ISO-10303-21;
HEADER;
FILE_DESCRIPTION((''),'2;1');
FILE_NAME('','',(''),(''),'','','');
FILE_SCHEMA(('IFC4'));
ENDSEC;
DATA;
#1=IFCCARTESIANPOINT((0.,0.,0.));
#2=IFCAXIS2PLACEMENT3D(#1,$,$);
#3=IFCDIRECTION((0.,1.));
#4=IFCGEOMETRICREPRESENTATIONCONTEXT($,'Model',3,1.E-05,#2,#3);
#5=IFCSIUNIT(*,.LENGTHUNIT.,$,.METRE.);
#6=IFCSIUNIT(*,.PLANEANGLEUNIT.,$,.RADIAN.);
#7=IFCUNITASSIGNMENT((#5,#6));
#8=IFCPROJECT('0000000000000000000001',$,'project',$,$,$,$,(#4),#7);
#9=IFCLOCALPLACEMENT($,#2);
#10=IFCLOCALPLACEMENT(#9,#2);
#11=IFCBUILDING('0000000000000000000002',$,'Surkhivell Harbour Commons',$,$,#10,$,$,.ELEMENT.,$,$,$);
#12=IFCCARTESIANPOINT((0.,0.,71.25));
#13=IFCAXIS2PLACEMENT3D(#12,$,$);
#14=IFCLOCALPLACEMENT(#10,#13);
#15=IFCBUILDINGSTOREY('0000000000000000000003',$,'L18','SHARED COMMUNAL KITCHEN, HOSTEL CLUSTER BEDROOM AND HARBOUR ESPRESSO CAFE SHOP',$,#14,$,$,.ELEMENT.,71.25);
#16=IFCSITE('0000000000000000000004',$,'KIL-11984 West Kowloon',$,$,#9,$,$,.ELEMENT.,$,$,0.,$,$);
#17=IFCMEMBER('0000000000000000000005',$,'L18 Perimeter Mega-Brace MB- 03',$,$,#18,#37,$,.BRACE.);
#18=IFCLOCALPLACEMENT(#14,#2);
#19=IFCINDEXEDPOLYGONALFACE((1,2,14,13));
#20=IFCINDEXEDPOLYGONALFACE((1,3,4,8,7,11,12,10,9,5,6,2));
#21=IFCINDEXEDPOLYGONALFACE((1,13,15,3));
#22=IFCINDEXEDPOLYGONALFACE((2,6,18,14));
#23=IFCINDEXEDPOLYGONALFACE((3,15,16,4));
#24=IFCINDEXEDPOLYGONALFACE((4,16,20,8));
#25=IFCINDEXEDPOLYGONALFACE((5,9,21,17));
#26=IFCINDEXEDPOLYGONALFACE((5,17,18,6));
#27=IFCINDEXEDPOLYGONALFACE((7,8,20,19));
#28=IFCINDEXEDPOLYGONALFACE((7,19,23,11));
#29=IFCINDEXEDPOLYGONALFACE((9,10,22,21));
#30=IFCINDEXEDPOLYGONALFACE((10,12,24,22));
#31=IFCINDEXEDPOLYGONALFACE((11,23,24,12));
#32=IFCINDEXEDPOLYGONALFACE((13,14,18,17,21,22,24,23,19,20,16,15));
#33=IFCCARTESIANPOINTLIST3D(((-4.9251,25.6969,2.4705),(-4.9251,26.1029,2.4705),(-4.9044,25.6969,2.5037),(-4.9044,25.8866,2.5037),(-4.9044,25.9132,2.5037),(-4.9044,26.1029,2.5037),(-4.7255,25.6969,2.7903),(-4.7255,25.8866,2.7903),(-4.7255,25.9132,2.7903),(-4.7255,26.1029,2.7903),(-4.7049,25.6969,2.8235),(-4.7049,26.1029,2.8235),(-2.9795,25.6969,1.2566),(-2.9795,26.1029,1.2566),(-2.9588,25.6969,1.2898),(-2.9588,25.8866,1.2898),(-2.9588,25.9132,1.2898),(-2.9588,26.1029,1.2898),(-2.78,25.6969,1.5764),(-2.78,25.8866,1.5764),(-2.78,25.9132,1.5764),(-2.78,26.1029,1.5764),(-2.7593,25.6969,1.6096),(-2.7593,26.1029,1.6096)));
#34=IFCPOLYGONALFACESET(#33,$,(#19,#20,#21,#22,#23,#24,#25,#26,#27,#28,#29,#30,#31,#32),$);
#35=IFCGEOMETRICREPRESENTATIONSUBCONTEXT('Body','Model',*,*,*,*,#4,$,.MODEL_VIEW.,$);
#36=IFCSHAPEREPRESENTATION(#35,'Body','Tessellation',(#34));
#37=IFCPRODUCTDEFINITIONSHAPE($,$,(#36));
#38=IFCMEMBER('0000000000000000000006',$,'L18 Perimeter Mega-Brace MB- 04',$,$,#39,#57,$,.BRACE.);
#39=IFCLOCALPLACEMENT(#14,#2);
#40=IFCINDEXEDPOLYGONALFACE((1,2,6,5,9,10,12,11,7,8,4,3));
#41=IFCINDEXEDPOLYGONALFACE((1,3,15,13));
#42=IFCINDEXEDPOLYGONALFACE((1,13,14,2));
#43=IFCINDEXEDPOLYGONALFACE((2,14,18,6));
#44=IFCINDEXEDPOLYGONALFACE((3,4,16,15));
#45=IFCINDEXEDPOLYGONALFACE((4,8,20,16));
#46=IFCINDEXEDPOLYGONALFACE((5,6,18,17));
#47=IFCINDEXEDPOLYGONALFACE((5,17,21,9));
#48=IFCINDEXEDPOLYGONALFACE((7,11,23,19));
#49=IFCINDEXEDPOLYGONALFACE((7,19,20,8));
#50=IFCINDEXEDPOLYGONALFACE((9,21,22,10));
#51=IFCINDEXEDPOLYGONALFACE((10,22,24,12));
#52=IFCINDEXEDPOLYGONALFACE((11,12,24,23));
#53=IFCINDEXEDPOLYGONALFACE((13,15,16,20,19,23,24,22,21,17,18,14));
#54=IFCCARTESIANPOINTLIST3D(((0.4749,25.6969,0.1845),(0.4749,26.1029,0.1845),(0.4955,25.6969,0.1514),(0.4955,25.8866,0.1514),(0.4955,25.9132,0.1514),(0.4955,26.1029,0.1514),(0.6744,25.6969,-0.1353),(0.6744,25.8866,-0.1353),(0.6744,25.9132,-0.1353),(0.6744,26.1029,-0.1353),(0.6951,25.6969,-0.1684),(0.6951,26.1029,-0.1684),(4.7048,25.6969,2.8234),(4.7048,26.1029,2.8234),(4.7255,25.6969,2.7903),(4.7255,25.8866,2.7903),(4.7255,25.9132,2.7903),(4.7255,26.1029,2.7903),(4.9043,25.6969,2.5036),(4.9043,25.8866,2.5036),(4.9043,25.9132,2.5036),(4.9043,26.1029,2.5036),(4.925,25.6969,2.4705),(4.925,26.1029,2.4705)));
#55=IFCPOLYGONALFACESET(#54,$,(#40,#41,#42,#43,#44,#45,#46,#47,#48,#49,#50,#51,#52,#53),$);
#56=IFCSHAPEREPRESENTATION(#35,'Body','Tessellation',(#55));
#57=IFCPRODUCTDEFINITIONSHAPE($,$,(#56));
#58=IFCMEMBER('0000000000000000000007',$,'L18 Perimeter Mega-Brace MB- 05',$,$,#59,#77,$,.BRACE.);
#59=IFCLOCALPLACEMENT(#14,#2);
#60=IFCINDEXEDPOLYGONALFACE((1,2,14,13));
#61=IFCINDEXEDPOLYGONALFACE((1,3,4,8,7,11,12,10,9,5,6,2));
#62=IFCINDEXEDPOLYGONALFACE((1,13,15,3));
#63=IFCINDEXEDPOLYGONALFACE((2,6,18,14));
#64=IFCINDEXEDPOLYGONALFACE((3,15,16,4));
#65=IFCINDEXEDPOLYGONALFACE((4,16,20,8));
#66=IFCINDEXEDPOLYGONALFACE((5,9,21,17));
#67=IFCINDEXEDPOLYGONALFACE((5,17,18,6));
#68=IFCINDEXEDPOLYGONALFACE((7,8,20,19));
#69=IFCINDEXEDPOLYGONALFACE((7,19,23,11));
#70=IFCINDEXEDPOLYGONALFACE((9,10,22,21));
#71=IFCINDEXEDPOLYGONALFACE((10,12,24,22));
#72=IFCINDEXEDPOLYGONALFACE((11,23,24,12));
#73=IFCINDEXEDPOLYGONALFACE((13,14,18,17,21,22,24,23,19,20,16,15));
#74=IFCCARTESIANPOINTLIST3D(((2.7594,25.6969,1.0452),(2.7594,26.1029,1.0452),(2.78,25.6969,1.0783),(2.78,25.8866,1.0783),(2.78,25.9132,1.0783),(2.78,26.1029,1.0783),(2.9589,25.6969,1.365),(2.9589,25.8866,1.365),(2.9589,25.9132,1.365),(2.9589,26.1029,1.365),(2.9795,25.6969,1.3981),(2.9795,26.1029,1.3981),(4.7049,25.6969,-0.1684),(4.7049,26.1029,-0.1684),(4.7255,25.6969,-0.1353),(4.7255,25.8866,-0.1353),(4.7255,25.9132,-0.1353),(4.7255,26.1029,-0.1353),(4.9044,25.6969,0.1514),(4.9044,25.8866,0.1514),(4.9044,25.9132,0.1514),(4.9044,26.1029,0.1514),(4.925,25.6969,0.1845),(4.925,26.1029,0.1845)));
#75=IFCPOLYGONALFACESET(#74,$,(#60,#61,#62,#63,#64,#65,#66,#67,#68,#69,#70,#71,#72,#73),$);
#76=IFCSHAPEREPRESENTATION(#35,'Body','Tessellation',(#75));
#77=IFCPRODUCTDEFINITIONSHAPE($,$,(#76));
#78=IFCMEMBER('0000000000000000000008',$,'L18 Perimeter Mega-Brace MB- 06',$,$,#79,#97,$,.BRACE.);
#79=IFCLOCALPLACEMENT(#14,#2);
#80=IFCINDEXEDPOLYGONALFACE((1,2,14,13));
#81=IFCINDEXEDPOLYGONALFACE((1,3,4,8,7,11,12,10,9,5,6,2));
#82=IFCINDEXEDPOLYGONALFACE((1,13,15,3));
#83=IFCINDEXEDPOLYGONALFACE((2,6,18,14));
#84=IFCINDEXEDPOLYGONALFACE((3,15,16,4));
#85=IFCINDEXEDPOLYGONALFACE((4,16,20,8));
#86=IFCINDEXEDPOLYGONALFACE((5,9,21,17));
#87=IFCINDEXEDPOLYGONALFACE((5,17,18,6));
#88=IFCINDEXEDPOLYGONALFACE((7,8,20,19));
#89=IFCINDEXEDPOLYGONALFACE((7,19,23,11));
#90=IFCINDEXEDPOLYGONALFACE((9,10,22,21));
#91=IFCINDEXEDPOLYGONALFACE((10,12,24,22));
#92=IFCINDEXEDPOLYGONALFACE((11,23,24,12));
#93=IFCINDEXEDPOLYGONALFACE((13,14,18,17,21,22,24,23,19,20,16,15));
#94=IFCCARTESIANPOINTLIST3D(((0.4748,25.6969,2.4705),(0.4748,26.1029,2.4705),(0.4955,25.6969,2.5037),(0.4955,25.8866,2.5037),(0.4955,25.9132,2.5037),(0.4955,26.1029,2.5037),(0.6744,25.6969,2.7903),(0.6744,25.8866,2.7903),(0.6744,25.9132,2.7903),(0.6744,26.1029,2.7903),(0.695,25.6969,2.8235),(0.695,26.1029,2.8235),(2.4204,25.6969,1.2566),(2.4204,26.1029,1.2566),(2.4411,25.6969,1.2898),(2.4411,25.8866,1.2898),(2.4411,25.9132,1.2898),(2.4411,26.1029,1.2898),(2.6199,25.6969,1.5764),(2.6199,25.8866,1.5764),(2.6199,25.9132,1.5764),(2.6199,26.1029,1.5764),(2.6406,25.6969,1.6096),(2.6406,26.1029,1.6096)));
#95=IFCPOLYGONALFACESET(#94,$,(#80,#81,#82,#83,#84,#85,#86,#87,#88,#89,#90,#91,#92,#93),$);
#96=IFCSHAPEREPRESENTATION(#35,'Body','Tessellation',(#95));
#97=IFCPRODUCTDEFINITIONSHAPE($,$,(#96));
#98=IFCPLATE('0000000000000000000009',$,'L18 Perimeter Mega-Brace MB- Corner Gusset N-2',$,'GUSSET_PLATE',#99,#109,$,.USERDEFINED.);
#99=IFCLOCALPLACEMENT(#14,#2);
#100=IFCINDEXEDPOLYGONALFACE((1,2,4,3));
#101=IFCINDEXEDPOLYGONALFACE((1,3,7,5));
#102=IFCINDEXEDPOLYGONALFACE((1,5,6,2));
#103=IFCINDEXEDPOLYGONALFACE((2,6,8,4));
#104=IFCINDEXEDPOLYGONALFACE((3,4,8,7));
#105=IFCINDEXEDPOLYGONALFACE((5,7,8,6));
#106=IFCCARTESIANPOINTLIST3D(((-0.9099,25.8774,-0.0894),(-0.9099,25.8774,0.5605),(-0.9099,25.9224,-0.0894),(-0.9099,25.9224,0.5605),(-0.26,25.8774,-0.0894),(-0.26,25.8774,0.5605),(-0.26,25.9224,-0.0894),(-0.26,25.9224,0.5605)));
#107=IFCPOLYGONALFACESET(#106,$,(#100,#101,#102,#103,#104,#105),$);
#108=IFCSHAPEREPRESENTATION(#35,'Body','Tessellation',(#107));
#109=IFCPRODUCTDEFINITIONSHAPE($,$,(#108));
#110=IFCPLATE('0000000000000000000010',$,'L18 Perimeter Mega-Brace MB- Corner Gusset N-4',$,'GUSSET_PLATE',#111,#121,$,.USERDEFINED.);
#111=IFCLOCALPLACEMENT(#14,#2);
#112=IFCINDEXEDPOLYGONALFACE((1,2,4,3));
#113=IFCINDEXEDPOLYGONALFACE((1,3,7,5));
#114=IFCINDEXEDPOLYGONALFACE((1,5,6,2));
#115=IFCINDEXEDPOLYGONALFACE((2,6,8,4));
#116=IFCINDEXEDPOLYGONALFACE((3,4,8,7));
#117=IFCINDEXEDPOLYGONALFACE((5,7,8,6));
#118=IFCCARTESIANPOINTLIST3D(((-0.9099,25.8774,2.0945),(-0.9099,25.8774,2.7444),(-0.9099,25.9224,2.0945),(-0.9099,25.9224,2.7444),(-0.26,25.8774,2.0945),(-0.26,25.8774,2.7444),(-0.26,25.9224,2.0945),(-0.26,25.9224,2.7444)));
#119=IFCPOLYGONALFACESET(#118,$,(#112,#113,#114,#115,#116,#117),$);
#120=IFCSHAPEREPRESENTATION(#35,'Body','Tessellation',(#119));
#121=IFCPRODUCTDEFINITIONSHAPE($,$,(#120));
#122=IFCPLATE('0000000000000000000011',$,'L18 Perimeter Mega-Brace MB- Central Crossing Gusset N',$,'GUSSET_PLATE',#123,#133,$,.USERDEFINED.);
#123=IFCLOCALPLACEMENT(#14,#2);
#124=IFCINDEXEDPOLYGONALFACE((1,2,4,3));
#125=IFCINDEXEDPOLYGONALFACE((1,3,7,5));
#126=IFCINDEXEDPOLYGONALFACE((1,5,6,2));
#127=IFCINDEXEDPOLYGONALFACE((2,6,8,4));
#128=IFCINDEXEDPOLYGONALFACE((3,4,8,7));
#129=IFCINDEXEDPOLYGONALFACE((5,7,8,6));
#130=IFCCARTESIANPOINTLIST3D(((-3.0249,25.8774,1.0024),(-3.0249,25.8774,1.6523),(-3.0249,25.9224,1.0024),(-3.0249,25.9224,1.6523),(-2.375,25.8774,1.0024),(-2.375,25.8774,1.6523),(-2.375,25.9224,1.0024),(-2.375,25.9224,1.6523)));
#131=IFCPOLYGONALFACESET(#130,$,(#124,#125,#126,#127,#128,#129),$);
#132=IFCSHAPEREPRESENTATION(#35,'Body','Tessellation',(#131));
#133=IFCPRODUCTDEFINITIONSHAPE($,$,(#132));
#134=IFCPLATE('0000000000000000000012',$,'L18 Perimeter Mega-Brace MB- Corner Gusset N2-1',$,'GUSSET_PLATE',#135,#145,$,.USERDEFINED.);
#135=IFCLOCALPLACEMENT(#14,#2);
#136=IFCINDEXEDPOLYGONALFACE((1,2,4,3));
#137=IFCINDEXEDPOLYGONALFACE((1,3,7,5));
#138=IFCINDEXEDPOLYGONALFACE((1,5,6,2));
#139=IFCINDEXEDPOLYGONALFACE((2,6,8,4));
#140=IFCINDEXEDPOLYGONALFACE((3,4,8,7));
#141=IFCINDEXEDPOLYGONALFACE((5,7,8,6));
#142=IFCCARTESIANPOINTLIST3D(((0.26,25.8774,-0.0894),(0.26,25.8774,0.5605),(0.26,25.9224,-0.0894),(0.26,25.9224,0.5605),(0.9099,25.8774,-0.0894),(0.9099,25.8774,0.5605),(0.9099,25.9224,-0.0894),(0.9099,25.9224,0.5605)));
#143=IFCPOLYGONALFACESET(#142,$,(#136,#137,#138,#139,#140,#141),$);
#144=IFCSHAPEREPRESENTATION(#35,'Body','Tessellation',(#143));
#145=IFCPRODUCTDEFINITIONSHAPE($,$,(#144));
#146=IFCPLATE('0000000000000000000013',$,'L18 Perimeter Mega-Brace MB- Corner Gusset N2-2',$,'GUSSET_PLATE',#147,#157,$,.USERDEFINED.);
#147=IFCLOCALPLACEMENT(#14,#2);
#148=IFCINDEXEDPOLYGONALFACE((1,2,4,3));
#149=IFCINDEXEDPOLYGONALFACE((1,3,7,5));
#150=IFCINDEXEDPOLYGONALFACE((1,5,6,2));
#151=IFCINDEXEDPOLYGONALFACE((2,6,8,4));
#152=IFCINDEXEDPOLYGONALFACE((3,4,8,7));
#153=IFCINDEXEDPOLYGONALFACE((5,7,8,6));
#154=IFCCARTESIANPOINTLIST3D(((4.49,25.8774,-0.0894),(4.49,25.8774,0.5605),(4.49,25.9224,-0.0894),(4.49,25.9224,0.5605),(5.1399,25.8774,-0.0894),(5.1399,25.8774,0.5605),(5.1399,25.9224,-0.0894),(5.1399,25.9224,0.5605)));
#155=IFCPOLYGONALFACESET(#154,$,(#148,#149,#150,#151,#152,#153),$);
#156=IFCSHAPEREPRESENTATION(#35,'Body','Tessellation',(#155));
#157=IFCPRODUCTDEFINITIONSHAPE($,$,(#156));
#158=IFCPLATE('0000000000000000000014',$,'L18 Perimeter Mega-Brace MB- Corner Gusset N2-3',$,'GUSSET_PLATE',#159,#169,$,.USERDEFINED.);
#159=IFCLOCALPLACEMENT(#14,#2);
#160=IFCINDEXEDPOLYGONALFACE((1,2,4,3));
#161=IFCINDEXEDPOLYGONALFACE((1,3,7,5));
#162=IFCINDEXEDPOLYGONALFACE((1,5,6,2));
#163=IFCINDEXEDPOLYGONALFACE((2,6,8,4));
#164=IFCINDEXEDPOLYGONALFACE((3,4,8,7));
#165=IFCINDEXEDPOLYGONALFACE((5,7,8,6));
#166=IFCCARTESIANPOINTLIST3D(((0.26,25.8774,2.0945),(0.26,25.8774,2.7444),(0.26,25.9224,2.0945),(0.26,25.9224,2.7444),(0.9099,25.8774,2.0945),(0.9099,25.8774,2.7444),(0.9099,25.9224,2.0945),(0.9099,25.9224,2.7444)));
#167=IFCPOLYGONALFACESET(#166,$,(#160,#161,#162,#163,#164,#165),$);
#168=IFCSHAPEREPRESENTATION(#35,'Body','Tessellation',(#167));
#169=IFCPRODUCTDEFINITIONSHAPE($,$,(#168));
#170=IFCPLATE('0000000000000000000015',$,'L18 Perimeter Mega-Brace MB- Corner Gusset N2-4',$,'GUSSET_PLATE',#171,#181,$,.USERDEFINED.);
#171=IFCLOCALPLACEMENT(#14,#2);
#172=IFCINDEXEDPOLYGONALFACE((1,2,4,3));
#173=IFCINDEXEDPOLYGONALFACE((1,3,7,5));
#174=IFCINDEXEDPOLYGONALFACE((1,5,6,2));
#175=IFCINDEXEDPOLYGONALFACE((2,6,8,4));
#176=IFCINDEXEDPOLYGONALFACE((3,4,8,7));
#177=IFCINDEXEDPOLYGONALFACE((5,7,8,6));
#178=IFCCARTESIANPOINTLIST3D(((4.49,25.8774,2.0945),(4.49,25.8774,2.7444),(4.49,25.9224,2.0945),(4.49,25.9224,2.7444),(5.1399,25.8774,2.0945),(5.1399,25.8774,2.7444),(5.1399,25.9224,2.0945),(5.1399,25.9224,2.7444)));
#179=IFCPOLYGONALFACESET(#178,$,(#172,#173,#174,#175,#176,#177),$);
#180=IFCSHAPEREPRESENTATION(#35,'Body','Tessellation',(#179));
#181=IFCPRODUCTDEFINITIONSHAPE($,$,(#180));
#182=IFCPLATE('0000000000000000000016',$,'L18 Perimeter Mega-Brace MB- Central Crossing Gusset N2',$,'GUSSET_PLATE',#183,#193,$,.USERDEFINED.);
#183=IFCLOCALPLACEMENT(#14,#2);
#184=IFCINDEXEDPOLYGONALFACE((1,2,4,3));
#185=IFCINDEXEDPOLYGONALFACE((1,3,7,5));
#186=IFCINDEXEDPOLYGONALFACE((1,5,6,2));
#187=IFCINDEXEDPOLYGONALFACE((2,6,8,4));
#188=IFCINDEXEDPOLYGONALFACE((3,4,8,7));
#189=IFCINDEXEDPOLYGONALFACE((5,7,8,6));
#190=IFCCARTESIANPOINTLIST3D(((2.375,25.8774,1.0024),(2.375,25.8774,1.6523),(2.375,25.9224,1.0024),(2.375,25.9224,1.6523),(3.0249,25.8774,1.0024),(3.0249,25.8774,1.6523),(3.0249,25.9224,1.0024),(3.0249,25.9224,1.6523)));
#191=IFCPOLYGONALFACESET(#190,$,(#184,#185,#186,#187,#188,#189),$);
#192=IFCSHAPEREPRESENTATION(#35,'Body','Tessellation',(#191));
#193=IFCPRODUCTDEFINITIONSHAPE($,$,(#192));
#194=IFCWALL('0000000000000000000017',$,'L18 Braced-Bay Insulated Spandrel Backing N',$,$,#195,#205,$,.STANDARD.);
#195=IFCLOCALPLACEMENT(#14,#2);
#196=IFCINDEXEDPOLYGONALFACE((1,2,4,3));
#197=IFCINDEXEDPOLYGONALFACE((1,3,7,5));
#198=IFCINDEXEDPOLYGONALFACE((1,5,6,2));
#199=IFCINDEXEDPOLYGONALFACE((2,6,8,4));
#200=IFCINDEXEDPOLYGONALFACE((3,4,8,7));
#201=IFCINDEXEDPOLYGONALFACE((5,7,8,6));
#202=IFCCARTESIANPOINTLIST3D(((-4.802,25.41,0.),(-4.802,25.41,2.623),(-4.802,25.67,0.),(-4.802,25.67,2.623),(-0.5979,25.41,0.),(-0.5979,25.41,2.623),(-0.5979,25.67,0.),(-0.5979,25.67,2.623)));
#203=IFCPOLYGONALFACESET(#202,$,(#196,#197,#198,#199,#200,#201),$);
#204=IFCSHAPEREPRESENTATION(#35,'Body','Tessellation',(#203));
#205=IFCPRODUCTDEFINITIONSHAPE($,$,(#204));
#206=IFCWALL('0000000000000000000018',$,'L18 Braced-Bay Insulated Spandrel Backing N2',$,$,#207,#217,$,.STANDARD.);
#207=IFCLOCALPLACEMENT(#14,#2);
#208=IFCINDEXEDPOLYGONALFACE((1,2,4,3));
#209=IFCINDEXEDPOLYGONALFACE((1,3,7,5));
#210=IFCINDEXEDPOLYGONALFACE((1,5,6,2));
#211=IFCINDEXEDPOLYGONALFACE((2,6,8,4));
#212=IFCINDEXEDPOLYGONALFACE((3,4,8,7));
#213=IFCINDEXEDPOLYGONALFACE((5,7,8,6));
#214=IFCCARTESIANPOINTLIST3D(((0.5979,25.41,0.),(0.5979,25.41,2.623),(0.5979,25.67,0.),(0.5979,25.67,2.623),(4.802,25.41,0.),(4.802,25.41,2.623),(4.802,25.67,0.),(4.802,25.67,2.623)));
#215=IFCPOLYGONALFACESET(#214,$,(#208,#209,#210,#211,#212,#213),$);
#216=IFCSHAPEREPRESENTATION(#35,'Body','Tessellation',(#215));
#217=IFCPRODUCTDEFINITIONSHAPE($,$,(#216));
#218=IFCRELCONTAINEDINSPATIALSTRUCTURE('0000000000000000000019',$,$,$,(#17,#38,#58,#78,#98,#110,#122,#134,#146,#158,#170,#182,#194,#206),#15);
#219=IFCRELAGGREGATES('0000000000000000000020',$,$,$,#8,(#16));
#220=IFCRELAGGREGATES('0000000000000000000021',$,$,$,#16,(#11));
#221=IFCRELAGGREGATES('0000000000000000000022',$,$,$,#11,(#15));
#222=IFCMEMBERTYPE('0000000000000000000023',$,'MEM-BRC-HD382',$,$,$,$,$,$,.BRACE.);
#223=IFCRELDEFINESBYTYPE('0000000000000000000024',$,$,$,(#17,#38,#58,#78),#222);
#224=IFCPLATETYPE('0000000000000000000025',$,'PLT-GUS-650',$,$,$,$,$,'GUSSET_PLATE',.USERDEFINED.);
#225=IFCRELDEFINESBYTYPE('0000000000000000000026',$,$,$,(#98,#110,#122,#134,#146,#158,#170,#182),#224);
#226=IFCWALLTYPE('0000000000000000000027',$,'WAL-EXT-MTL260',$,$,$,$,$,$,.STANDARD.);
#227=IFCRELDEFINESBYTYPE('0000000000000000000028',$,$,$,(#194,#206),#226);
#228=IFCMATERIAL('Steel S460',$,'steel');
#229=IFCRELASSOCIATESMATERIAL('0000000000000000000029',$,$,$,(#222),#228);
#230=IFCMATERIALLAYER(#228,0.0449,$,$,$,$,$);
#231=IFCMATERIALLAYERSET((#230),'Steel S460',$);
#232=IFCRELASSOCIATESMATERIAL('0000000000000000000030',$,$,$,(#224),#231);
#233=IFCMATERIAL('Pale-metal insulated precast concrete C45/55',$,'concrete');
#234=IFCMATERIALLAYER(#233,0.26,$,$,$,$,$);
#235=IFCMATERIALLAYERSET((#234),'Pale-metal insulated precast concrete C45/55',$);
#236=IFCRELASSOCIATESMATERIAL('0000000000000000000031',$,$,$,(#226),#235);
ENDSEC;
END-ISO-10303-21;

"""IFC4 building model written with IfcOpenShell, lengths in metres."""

from ifc_helpers import new_model, si_unit, direction, frame, frame_2d, origin, origin_2d, place, context, subcontext, project, spatial, rectangle, i_section, extrude, material, layer, layer_set, material_profile, profile_set, type_object, element, save


model = new_model("IFC4")

# Units and contexts
model_context = context("Model", 3, precision=1e-05, world=origin(), true_north=direction((0.0, 1.0)))
body_context = subcontext(model_context, "Body", "Model", "MODEL_VIEW")
ifc_project = project(units=[si_unit("LENGTHUNIT", "METRE"), si_unit("PLANEANGLEUNIT", "RADIAN")], contexts=[model_context])

# Site, building, storey
site_placement = place(None, origin())
site = spatial("IfcSite", under=ifc_project, at=site_placement, Name="KIL-11984 West Kowloon", CompositionType="ELEMENT", RefElevation=0.0)
building_placement = place(site_placement, origin())
building = spatial("IfcBuilding", under=site, at=building_placement, Name="Surkhivell Harbour Commons", CompositionType="ELEMENT")
storey_placement = place(building_placement, frame((0.0, 0.0, 71.25)))
storey = spatial("IfcBuildingStorey", under=building, at=storey_placement, Name="L18", Description="SHARED COMMUNAL KITCHEN, HOSTEL CLUSTER BEDROOM AND HARBOUR ESPRESSO CAFE SHOP", CompositionType="ELEMENT", Elevation=71.25)

# Shared definitions
ifc_material_1 = material(Name="Steel S460", Category="steel")

# Members
ifc_material_profile_1 = material_profile(ifc_material_1, i_section(OverallWidth=0.406, OverallDepth=0.416, WebThickness=0.0266, FlangeThickness=0.0391, at=origin_2d()), Name="HD400x382")
ifc_profile_set_1 = profile_set([ifc_material_profile_1], Name="Steel S460")
member_type_1 = type_object("IfcMemberType", Name="MEM-BRC-HD382", PredefinedType="BRACE", material=ifc_profile_set_1)
member_1_placement = place(storey_placement, frame((-2.8694, 25.8999, 1.4331), z_axis=(-0.848411, 0.0, 0.529338), x_axis=(0.0, -1.0, 0.0)))
element("IfcMember", 1, at=member_1_placement, inside=storey, type_object=member_type_1, Name="L18 Perimeter Mega-Brace MB- 03", PredefinedType="BRACE", context=body_context, shape_type="SweptSolid", body=[
    extrude(i_section(OverallWidth=0.406, OverallDepth=0.416, WebThickness=0.0266, FlangeThickness=0.0391, at=origin_2d()), origin(), (0.0, 0.0, 1.0), 2.2932),
])
member_2_placement = place(storey_placement, frame((0.585, 25.8999, 0.0081), z_axis=(0.848433, 0.0, 0.529303), x_axis=(0.0, 1.0, 0.0)))
element("IfcMember", 2, at=member_2_placement, inside=storey, type_object=member_type_1, Name="L18 Perimeter Mega-Brace MB- 04", PredefinedType="BRACE", context=body_context, shape_type="SweptSolid", body=[
    extrude(i_section(OverallWidth=0.406, OverallDepth=0.416, WebThickness=0.0266, FlangeThickness=0.0391, at=origin_2d()), origin(), (0.0, 0.0, 1.0), 4.9856),
])
member_3_placement = place(storey_placement, frame((4.8149, 25.8999, 0.0081), z_axis=(-0.848459, 0.0, 0.529262), x_axis=(0.0, -1.0, 0.0)))
element("IfcMember", 3, at=member_3_placement, inside=storey, type_object=member_type_1, Name="L18 Perimeter Mega-Brace MB- 05", PredefinedType="BRACE", context=body_context, shape_type="SweptSolid", body=[
    extrude(i_section(OverallWidth=0.406, OverallDepth=0.416, WebThickness=0.0266, FlangeThickness=0.0391, at=origin_2d()), origin(), (0.0, 0.0, 1.0), 2.293),
])
member_4_placement = place(storey_placement, frame((2.5305, 25.8999, 1.4331), z_axis=(-0.848411, 0.0, 0.529338), x_axis=(0.0, -1.0, 0.0)))
element("IfcMember", 4, at=member_4_placement, inside=storey, type_object=member_type_1, Name="L18 Perimeter Mega-Brace MB- 06", PredefinedType="BRACE", context=body_context, shape_type="SweptSolid", body=[
    extrude(i_section(OverallWidth=0.406, OverallDepth=0.416, WebThickness=0.0266, FlangeThickness=0.0391, at=origin_2d()), origin(), (0.0, 0.0, 1.0), 2.2932),
])

# Plates
ifc_layer_1 = layer(ifc_material_1, 0.0449)
ifc_layer_set_1 = layer_set([ifc_layer_1], Name="Steel S460")
plate_type_1 = type_object("IfcPlateType", Name="PLT-GUS-650", ElementType="GUSSET_PLATE", PredefinedType="USERDEFINED", material=ifc_layer_set_1)
for number, where, z_axis, x_axis, name in (
    (5, (-0.585, 25.8999, -0.0894), (0.0, 0.0, 1.0), (1.0, 0.0, 0.0), "L18 Perimeter Mega-Brace MB- Corner Gusset N-2"),
    (6, (-0.585, 25.8999, 2.0945), (0.0, 0.0, 1.0), (1.0, 0.0, 0.0), "L18 Perimeter Mega-Brace MB- Corner Gusset N-4"),
    (7, (-2.7, 25.8999, 1.0024), (0.0, 0.0, 1.0), (1.0, 0.0, 0.0), "L18 Perimeter Mega-Brace MB- Central Crossing Gusset N"),
    (8, (0.585, 25.8999, -0.0894), (0.0, 0.0, 1.0), (1.0, 0.0, 0.0), "L18 Perimeter Mega-Brace MB- Corner Gusset N2-1"),
    (9, (4.8149, 25.8999, -0.0894), (0.0, 0.0, 1.0), (1.0, 0.0, 0.0), "L18 Perimeter Mega-Brace MB- Corner Gusset N2-2"),
    (10, (0.585, 25.8999, 2.0945), (0.0, 0.0, 1.0), (1.0, 0.0, 0.0), "L18 Perimeter Mega-Brace MB- Corner Gusset N2-3"),
    (11, (4.8149, 25.8999, 2.0945), (0.0, 0.0, 1.0), (1.0, 0.0, 0.0), "L18 Perimeter Mega-Brace MB- Corner Gusset N2-4"),
    (12, (2.7, 25.8999, 1.0024), (0.0, 0.0, 1.0), (1.0, 0.0, 0.0), "L18 Perimeter Mega-Brace MB- Central Crossing Gusset N2"),
):
    element("IfcPlate", number, at=place(storey_placement, frame(where, z_axis=z_axis, x_axis=x_axis)), inside=storey, type_object=plate_type_1, Name=name, ObjectType="GUSSET_PLATE", PredefinedType="USERDEFINED", context=body_context, shape_type="SweptSolid", body=[
        extrude(rectangle(XDim=0.6499, YDim=0.0449, at=origin_2d()), origin(), (0.0, 0.0, 1.0), 0.6499),
    ])

# Walls
ifc_material_2 = material(Name="Pale-metal insulated precast concrete C45/55", Category="concrete")
ifc_layer_2 = layer(ifc_material_2, 0.26)
ifc_layer_set_2 = layer_set([ifc_layer_2], Name="Pale-metal insulated precast concrete C45/55")
wall_type = type_object("IfcWallType", Name="WAL-EXT-MTL260", PredefinedType="STANDARD", material=ifc_layer_set_2)
for number, where, z_axis, x_axis, name in (
    (13, (-0.5979, 25.54, 0.0), (0.0, 0.0, 1.0), (-1.0, 0.0, 0.0), "L18 Braced-Bay Insulated Spandrel Backing N"),
    (14, (4.802, 25.54, 0.0), (0.0, 0.0, 1.0), (-1.0, 0.0, 0.0), "L18 Braced-Bay Insulated Spandrel Backing N2"),
):
    element("IfcWall", number, at=place(storey_placement, frame(where, z_axis=z_axis, x_axis=x_axis)), inside=storey, type_object=wall_type, Name=name, PredefinedType="STANDARD", context=body_context, shape_type="SweptSolid", body=[
        extrude(rectangle(XDim=4.2041, YDim=0.26, at=frame_2d((2.1021, 0.0))), origin(), (0.0, 0.0, 1.0), 2.623),
    ])

save(model, "model.ifc")
